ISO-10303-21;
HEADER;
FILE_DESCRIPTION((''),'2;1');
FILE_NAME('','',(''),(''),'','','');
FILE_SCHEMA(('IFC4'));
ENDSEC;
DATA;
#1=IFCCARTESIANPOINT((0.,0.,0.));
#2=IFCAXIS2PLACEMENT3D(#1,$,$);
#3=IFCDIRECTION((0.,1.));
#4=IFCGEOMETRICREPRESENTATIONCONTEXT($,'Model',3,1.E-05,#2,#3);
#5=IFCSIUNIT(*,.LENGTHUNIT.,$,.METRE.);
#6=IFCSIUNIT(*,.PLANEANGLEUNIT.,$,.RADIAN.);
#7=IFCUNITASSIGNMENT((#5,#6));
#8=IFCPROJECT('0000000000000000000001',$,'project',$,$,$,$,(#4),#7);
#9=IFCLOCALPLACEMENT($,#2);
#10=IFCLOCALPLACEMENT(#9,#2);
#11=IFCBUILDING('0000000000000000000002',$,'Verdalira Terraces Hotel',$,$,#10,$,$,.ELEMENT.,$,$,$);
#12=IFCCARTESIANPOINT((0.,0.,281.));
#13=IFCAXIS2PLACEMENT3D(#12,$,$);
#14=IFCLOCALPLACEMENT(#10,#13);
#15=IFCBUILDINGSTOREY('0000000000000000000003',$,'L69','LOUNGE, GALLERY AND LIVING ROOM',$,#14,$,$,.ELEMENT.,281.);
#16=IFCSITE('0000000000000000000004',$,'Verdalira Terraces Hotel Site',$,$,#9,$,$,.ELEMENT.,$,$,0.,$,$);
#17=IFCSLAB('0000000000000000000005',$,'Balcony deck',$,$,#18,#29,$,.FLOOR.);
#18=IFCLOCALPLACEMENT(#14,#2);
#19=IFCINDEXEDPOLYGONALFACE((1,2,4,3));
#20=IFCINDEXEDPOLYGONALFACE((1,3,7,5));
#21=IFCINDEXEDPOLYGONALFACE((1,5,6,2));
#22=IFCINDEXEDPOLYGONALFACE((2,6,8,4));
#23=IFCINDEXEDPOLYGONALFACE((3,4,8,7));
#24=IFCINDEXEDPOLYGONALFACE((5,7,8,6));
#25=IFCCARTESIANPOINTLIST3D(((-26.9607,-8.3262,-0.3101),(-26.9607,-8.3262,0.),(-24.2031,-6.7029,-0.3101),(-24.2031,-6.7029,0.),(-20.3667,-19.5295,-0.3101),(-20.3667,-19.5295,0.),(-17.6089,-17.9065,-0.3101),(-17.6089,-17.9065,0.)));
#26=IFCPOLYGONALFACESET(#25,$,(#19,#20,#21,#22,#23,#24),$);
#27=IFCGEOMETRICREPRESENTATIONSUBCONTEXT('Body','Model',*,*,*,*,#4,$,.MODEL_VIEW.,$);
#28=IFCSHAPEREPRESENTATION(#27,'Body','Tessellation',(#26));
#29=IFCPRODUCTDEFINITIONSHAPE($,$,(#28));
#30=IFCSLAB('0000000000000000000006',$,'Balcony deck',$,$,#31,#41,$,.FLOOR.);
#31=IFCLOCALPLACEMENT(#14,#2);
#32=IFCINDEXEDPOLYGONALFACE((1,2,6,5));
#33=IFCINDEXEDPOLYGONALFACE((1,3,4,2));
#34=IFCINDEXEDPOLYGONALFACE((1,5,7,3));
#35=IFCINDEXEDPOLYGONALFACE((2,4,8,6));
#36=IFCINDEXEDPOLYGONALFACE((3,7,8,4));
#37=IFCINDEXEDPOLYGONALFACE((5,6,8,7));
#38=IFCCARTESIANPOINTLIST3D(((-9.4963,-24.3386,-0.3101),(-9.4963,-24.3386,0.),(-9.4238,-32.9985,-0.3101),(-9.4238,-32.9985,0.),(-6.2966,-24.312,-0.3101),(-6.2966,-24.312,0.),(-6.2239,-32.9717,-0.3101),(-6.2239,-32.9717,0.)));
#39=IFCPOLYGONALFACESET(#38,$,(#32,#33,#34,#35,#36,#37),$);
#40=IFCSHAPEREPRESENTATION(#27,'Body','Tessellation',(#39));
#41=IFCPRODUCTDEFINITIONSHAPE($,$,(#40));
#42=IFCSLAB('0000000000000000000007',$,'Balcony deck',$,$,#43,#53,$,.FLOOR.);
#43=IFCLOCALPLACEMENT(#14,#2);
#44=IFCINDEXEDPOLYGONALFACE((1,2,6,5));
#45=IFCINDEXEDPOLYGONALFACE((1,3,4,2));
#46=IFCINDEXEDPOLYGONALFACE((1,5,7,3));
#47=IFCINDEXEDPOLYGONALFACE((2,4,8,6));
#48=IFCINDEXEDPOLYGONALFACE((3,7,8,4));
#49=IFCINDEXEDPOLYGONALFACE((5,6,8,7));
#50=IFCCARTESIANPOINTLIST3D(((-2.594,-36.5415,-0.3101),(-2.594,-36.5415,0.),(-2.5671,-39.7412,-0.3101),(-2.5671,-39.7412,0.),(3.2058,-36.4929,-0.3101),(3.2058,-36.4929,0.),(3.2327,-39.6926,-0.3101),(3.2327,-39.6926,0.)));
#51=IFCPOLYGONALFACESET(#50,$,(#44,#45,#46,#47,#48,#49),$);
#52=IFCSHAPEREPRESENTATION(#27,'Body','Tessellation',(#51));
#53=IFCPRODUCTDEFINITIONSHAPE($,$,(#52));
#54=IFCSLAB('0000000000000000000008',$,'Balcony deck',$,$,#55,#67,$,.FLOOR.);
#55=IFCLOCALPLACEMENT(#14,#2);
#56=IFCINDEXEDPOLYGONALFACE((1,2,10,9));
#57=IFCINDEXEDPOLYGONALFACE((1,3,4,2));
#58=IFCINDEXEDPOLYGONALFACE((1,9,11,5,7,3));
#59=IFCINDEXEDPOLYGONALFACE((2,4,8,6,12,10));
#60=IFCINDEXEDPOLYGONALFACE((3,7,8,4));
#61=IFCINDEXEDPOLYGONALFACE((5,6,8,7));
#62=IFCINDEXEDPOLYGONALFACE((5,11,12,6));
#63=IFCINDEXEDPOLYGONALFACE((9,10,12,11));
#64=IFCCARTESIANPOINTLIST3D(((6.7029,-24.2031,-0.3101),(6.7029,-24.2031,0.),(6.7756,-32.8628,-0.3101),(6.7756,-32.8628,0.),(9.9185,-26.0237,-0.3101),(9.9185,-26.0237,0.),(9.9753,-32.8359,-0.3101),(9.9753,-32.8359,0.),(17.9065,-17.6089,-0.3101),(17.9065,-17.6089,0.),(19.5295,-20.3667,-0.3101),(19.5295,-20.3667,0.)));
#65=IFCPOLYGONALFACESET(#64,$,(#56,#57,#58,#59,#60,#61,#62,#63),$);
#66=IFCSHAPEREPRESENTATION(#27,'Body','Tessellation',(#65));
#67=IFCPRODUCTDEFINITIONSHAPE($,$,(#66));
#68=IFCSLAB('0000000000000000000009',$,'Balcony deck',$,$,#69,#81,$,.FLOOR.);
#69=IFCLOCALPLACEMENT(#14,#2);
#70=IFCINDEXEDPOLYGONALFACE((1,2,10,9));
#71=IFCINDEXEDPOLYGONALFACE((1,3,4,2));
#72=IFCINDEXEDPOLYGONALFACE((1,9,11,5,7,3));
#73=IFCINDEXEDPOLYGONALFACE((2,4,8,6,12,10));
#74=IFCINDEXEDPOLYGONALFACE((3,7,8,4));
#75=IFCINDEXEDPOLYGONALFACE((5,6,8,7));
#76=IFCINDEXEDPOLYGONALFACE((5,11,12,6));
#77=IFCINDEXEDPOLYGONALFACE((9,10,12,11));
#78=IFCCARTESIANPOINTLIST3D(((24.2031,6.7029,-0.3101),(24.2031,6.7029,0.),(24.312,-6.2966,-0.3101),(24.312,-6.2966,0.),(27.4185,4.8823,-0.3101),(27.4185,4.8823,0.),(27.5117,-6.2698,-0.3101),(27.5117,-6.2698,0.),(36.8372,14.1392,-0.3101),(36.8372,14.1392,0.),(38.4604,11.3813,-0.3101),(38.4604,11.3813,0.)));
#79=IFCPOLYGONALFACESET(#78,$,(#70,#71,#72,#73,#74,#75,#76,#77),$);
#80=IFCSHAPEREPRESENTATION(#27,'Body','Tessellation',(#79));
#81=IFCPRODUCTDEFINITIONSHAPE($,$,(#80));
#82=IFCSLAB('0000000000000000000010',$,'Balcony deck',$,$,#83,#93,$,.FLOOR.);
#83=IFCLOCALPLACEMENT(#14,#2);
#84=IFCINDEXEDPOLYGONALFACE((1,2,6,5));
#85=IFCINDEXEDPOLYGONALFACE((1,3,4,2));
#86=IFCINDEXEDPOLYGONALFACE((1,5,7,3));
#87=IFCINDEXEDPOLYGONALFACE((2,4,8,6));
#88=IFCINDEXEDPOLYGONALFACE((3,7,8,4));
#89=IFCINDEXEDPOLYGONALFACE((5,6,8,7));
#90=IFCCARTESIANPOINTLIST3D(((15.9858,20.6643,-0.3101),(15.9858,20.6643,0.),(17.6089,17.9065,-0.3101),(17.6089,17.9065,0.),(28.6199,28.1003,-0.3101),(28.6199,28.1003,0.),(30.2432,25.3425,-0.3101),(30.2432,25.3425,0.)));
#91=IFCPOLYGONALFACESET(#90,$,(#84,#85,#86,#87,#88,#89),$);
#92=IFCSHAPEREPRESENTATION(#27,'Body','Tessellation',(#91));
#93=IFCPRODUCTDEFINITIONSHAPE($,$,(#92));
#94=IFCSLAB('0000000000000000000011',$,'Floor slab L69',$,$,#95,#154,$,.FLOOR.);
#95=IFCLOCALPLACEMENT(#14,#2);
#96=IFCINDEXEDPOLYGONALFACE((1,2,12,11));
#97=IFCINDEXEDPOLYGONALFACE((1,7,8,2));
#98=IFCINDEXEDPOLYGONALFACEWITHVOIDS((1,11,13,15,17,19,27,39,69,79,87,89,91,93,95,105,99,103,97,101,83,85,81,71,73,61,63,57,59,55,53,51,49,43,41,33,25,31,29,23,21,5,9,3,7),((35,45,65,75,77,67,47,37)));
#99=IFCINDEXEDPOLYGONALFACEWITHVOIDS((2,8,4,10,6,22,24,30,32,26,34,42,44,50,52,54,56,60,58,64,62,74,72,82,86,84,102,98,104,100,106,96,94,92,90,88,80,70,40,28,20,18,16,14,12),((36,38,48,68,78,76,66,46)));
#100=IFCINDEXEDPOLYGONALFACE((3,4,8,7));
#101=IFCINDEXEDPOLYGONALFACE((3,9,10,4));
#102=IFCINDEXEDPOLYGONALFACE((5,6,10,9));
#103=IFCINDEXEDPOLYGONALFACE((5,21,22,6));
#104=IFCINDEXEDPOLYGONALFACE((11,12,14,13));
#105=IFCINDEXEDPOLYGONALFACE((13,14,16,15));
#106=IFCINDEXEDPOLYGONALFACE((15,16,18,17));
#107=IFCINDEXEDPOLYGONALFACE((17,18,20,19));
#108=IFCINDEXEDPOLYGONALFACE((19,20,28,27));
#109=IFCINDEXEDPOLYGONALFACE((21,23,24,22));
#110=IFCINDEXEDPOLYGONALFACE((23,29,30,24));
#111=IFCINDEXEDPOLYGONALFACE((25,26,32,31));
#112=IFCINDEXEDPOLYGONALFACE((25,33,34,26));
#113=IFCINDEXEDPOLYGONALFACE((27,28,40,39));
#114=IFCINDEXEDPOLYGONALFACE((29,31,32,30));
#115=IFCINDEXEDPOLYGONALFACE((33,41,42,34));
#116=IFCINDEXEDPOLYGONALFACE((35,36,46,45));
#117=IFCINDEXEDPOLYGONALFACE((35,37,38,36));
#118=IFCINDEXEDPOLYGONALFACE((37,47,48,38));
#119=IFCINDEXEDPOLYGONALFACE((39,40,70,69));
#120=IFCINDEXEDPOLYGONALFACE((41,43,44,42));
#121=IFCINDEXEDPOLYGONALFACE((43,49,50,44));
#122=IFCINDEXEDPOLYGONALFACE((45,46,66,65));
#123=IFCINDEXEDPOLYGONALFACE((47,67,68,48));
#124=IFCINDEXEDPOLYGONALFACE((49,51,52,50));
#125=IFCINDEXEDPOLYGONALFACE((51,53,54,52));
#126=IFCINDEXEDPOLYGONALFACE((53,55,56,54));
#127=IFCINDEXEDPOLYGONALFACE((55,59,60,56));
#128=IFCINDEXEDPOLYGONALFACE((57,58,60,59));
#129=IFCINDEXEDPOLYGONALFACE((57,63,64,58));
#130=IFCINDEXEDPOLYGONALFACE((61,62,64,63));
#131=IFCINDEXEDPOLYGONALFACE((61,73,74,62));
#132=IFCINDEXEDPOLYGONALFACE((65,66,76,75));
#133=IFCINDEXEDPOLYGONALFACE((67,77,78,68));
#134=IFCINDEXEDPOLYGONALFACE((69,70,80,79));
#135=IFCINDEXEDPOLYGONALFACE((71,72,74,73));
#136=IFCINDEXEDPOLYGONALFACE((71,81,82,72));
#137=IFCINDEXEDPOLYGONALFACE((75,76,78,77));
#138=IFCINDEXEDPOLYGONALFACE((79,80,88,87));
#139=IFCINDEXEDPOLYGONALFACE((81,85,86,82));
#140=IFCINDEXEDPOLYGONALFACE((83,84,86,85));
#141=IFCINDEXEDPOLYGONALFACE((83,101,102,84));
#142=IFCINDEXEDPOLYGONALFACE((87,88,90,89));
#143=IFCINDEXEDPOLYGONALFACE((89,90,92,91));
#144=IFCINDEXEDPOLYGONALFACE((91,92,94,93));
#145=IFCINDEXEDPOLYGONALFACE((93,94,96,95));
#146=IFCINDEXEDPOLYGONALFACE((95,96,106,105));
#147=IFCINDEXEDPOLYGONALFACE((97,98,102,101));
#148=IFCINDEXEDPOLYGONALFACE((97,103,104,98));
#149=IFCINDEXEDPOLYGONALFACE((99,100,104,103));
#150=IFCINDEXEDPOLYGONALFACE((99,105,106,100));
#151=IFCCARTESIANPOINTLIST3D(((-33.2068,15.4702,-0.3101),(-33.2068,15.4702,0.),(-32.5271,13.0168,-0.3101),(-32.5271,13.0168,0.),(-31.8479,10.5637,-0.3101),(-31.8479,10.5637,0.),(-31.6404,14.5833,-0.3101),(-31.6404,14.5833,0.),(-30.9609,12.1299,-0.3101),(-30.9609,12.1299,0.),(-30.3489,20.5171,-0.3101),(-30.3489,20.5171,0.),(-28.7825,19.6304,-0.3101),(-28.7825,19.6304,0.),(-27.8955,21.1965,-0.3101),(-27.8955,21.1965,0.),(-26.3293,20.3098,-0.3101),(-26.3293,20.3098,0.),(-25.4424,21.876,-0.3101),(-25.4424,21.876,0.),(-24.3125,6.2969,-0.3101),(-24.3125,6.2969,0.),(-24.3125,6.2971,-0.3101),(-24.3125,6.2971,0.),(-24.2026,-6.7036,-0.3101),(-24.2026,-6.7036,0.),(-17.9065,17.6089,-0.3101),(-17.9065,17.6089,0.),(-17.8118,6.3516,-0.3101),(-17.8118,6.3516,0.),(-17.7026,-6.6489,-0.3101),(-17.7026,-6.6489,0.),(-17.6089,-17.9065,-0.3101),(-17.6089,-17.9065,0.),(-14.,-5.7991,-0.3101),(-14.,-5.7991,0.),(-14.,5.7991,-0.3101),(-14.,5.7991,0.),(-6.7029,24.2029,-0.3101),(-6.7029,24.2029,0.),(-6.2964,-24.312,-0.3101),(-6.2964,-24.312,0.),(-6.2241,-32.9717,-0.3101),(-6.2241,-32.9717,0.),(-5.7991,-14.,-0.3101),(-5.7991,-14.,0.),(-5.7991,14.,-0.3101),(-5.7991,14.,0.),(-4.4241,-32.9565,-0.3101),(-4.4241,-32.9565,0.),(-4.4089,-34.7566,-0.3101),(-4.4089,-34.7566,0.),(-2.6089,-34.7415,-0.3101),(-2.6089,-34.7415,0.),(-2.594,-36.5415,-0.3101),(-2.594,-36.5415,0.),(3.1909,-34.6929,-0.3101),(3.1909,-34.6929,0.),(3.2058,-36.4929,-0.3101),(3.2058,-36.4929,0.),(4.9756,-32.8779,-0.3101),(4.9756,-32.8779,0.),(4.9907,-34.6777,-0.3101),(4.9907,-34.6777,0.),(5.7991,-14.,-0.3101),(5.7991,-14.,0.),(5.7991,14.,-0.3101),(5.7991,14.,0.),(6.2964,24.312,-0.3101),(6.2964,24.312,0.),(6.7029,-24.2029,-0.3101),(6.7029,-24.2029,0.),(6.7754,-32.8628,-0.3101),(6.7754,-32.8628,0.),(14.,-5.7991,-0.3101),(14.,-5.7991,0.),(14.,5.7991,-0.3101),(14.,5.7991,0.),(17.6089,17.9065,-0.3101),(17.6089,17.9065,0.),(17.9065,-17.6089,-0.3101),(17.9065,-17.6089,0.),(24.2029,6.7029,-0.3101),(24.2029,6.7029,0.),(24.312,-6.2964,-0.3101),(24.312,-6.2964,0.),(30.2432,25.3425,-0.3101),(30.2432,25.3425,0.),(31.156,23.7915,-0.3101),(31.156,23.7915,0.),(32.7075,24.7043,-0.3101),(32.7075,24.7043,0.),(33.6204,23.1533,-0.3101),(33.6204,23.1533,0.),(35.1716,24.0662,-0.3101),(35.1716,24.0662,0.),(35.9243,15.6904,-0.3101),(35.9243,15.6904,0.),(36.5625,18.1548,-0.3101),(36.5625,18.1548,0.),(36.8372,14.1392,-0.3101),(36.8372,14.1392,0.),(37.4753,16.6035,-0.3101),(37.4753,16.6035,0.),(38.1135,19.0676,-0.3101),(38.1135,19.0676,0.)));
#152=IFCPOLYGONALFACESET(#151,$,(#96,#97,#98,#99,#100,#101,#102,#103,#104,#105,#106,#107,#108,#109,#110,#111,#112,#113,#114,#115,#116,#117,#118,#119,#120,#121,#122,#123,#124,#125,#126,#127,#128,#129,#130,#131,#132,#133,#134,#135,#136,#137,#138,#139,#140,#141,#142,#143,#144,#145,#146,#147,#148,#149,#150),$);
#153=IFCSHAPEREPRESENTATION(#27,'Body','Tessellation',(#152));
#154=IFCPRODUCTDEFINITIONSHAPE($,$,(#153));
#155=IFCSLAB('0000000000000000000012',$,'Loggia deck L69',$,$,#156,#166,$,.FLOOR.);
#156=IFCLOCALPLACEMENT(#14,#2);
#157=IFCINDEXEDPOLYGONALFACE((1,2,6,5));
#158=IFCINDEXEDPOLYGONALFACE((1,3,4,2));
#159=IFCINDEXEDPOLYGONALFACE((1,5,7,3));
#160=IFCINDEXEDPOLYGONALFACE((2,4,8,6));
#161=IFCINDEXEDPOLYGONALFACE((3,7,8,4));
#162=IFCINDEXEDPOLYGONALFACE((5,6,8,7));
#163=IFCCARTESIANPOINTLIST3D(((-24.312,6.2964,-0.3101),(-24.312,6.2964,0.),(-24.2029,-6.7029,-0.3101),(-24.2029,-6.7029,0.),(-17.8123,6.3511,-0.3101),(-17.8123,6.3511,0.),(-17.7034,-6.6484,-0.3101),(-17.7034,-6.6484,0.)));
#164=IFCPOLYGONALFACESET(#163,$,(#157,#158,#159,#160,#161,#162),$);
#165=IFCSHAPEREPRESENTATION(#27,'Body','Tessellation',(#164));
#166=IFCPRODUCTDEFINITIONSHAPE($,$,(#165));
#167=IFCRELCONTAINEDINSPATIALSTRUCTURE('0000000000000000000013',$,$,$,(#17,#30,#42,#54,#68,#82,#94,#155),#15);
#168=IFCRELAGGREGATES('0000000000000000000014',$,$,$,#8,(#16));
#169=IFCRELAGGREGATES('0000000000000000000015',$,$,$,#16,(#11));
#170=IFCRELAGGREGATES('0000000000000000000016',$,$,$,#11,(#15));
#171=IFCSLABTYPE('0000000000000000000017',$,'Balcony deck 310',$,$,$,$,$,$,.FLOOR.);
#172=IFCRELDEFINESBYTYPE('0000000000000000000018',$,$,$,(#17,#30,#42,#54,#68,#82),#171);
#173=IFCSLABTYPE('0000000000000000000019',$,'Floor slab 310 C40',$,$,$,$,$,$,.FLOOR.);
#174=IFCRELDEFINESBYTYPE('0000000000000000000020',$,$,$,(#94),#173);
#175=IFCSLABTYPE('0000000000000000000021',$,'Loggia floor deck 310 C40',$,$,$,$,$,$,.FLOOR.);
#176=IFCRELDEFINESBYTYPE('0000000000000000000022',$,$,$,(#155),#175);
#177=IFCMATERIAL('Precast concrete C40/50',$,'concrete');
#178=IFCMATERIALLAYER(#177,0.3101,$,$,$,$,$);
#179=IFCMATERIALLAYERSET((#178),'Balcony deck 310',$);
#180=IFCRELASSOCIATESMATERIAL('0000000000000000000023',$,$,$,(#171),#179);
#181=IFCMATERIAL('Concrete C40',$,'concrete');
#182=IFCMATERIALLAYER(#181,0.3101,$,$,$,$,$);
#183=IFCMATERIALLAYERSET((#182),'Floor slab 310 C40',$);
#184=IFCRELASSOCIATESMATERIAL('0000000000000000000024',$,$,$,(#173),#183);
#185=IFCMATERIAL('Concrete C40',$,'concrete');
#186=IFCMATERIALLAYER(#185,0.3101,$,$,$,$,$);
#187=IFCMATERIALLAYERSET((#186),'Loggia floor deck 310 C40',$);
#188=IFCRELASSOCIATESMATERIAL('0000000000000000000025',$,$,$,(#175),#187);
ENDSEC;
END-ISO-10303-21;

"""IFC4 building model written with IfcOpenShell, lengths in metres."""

from ifc_helpers import new_model, si_unit, direction, frame, origin, place, context, subcontext, project, spatial, polyline, outline, extrude, material, layer, layer_set, type_object, element, save


model = new_model("IFC4")

# Units and contexts
model_context = context("Model", 3, precision=1e-05, world=origin(), true_north=direction((0.0, 1.0)))
body_context = subcontext(model_context, "Body", "Model", "MODEL_VIEW")
ifc_project = project(units=[si_unit("LENGTHUNIT", "METRE"), si_unit("PLANEANGLEUNIT", "RADIAN")], contexts=[model_context])

# Site, building, storey
site_placement = place(None, origin())
site = spatial("IfcSite", under=ifc_project, at=site_placement, Name="Verdalira Terraces Hotel Site", CompositionType="ELEMENT", RefElevation=0.0)
building_placement = place(site_placement, origin())
building = spatial("IfcBuilding", under=site, at=building_placement, Name="Verdalira Terraces Hotel", CompositionType="ELEMENT")
storey_placement = place(building_placement, frame((0.0, 0.0, 281.0)))
storey = spatial("IfcBuildingStorey", under=building, at=storey_placement, Name="L69", Description="LOUNGE, GALLERY AND LIVING ROOM", CompositionType="ELEMENT", Elevation=281.0)

# Slabs
ifc_material_1 = material(Name="Precast concrete C40/50", Category="concrete")
ifc_layer_1 = layer(ifc_material_1, 0.3101)
ifc_layer_set_1 = layer_set([ifc_layer_1], Name="Balcony deck 310")
slab_type_1 = type_object("IfcSlabType", Name="Balcony deck 310", PredefinedType="FLOOR", material=ifc_layer_set_1)
slab_1_placement = place(storey_placement, frame((0.0, 0.0, -0.3101)))
element("IfcSlab", 1, at=slab_1_placement, inside=storey, type_object=slab_type_1, Name="Balcony deck", PredefinedType="FLOOR", context=body_context, shape_type="SweptSolid", body=[
    extrude(outline(polyline([(-20.3667, -19.5295), (-17.6089, -17.9065), (-24.2031, -6.7029), (-26.9607, -8.3262), (-20.3667, -19.5295)])), origin(), (0.0, 0.0, 1.0), 0.3101),
])
slab_2_placement = place(storey_placement, frame((0.0, 0.0, -0.3101)))
element("IfcSlab", 2, at=slab_2_placement, inside=storey, type_object=slab_type_1, Name="Balcony deck", PredefinedType="FLOOR", context=body_context, shape_type="SweptSolid", body=[
    extrude(outline(polyline([(-9.4238, -32.9985), (-6.2239, -32.9717), (-6.2966, -24.312), (-9.4963, -24.3386), (-9.4238, -32.9985)])), origin(), (0.0, 0.0, 1.0), 0.3101),
])
slab_3_placement = place(storey_placement, frame((0.0, 0.0, -0.3101)))
element("IfcSlab", 3, at=slab_3_placement, inside=storey, type_object=slab_type_1, Name="Balcony deck", PredefinedType="FLOOR", context=body_context, shape_type="SweptSolid", body=[
    extrude(outline(polyline([(3.2327, -39.6926), (3.2058, -36.4929), (-2.594, -36.5415), (-2.5671, -39.7412), (3.2327, -39.6926)])), origin(), (0.0, 0.0, 1.0), 0.3101),
])
slab_4_placement = place(storey_placement, frame((0.0, 0.0, -0.3101)))
element("IfcSlab", 4, at=slab_4_placement, inside=storey, type_object=slab_type_1, Name="Balcony deck", PredefinedType="FLOOR", context=body_context, shape_type="SweptSolid", body=[
    extrude(outline(polyline([(19.5295, -20.3667), (17.9065, -17.6089), (6.7029, -24.2031), (6.7756, -32.8628), (9.9753, -32.8359), (9.9185, -26.0237), (19.5295, -20.3667)])), origin(), (0.0, 0.0, 1.0), 0.3101),
])
slab_5_placement = place(storey_placement, frame((0.0, 0.0, -0.3101)))
element("IfcSlab", 5, at=slab_5_placement, inside=storey, type_object=slab_type_1, Name="Balcony deck", PredefinedType="FLOOR", context=body_context, shape_type="SweptSolid", body=[
    extrude(outline(polyline([(38.4604, 11.3813), (36.8372, 14.1392), (24.2031, 6.7029), (24.312, -6.2966), (27.5117, -6.2698), (27.4185, 4.8823), (38.4604, 11.3813)])), origin(), (0.0, 0.0, 1.0), 0.3101),
])
slab_6_placement = place(storey_placement, frame((0.0, 0.0, -0.3101)))
element("IfcSlab", 6, at=slab_6_placement, inside=storey, type_object=slab_type_1, Name="Balcony deck", PredefinedType="FLOOR", context=body_context, shape_type="SweptSolid", body=[
    extrude(outline(polyline([(15.9858, 20.6643), (17.6089, 17.9065), (30.2432, 25.3425), (28.6199, 28.1003), (15.9858, 20.6643)])), origin(), (0.0, 0.0, 1.0), 0.3101),
])
ifc_material_2 = material(Name="Concrete C40", Category="concrete")
ifc_layer_2 = layer(ifc_material_2, 0.3101)
ifc_layer_set_2 = layer_set([ifc_layer_2], Name="Floor slab 310 C40")
slab_type_2 = type_object("IfcSlabType", Name="Floor slab 310 C40", PredefinedType="FLOOR", material=ifc_layer_set_2)
slab_7_placement = place(storey_placement, frame((0.0, 0.0, -0.3101)))
element("IfcSlab", 7, at=slab_7_placement, inside=storey, type_object=slab_type_2, Name="Floor slab L69", PredefinedType="FLOOR", context=body_context, shape_type="SweptSolid", body=[
    extrude(outline(polyline([(-30.9609, 12.1299), (-31.8479, 10.5637), (-24.3125, 6.2969), (-24.3125, 6.2971), (-17.8118, 6.3516), (-17.7026, -6.6489), (-24.2026, -6.7036), (-17.6089, -17.9065), (-6.2964, -24.312), (-6.2241, -32.9717), (-4.4241, -32.9565), (-4.4089, -34.7566), (-2.6089, -34.7415), (-2.594, -36.5415), (3.2058, -36.4929), (3.1909, -34.6929), (4.9907, -34.6777), (4.9756, -32.8779), (6.7754, -32.8628), (6.7029, -24.2029), (17.9065, -17.6089), (24.312, -6.2964), (24.2029, 6.7029), (36.8372, 14.1392), (35.9243, 15.6904), (37.4753, 16.6035), (36.5625, 18.1548), (38.1135, 19.0676), (35.1716, 24.0662), (33.6204, 23.1533), (32.7075, 24.7043), (31.156, 23.7915), (30.2432, 25.3425), (17.6089, 17.9065), (6.2964, 24.312), (-6.7029, 24.2029), (-17.9065, 17.6089), (-25.4424, 21.876), (-26.3293, 20.3098), (-27.8955, 21.1965), (-28.7825, 19.6304), (-30.3489, 20.5171), (-33.2068, 15.4702), (-31.6404, 14.5833), (-32.5271, 13.0168), (-30.9609, 12.1299)]), holes=[polyline([(5.7991, 14.0), (14.0, 5.7991), (14.0, -5.7991), (5.7991, -14.0), (-5.7991, -14.0), (-14.0, -5.7991), (-14.0, 5.7991), (-5.7991, 14.0), (5.7991, 14.0)])]), origin(), (0.0, 0.0, 1.0), 0.3101),
])
ifc_material_3 = material(Name="Concrete C40", Category="concrete")
ifc_layer_3 = layer(ifc_material_3, 0.3101)
ifc_layer_set_3 = layer_set([ifc_layer_3], Name="Loggia floor deck 310 C40")
slab_type_3 = type_object("IfcSlabType", Name="Loggia floor deck 310 C40", PredefinedType="FLOOR", material=ifc_layer_set_3)
slab_8_placement = place(storey_placement, frame((0.0, 0.0, -0.3101)))
element("IfcSlab", 8, at=slab_8_placement, inside=storey, type_object=slab_type_3, Name="Loggia deck L69", PredefinedType="FLOOR", context=body_context, shape_type="SweptSolid", body=[
    extrude(outline(polyline([(-17.7034, -6.6484), (-17.8123, 6.3511), (-24.312, 6.2964), (-24.2029, -6.7029), (-24.2029, -6.7029), (-17.7034, -6.6484)])), origin(), (0.0, 0.0, 1.0), 0.3101),
])

save(model, "model.ifc")
